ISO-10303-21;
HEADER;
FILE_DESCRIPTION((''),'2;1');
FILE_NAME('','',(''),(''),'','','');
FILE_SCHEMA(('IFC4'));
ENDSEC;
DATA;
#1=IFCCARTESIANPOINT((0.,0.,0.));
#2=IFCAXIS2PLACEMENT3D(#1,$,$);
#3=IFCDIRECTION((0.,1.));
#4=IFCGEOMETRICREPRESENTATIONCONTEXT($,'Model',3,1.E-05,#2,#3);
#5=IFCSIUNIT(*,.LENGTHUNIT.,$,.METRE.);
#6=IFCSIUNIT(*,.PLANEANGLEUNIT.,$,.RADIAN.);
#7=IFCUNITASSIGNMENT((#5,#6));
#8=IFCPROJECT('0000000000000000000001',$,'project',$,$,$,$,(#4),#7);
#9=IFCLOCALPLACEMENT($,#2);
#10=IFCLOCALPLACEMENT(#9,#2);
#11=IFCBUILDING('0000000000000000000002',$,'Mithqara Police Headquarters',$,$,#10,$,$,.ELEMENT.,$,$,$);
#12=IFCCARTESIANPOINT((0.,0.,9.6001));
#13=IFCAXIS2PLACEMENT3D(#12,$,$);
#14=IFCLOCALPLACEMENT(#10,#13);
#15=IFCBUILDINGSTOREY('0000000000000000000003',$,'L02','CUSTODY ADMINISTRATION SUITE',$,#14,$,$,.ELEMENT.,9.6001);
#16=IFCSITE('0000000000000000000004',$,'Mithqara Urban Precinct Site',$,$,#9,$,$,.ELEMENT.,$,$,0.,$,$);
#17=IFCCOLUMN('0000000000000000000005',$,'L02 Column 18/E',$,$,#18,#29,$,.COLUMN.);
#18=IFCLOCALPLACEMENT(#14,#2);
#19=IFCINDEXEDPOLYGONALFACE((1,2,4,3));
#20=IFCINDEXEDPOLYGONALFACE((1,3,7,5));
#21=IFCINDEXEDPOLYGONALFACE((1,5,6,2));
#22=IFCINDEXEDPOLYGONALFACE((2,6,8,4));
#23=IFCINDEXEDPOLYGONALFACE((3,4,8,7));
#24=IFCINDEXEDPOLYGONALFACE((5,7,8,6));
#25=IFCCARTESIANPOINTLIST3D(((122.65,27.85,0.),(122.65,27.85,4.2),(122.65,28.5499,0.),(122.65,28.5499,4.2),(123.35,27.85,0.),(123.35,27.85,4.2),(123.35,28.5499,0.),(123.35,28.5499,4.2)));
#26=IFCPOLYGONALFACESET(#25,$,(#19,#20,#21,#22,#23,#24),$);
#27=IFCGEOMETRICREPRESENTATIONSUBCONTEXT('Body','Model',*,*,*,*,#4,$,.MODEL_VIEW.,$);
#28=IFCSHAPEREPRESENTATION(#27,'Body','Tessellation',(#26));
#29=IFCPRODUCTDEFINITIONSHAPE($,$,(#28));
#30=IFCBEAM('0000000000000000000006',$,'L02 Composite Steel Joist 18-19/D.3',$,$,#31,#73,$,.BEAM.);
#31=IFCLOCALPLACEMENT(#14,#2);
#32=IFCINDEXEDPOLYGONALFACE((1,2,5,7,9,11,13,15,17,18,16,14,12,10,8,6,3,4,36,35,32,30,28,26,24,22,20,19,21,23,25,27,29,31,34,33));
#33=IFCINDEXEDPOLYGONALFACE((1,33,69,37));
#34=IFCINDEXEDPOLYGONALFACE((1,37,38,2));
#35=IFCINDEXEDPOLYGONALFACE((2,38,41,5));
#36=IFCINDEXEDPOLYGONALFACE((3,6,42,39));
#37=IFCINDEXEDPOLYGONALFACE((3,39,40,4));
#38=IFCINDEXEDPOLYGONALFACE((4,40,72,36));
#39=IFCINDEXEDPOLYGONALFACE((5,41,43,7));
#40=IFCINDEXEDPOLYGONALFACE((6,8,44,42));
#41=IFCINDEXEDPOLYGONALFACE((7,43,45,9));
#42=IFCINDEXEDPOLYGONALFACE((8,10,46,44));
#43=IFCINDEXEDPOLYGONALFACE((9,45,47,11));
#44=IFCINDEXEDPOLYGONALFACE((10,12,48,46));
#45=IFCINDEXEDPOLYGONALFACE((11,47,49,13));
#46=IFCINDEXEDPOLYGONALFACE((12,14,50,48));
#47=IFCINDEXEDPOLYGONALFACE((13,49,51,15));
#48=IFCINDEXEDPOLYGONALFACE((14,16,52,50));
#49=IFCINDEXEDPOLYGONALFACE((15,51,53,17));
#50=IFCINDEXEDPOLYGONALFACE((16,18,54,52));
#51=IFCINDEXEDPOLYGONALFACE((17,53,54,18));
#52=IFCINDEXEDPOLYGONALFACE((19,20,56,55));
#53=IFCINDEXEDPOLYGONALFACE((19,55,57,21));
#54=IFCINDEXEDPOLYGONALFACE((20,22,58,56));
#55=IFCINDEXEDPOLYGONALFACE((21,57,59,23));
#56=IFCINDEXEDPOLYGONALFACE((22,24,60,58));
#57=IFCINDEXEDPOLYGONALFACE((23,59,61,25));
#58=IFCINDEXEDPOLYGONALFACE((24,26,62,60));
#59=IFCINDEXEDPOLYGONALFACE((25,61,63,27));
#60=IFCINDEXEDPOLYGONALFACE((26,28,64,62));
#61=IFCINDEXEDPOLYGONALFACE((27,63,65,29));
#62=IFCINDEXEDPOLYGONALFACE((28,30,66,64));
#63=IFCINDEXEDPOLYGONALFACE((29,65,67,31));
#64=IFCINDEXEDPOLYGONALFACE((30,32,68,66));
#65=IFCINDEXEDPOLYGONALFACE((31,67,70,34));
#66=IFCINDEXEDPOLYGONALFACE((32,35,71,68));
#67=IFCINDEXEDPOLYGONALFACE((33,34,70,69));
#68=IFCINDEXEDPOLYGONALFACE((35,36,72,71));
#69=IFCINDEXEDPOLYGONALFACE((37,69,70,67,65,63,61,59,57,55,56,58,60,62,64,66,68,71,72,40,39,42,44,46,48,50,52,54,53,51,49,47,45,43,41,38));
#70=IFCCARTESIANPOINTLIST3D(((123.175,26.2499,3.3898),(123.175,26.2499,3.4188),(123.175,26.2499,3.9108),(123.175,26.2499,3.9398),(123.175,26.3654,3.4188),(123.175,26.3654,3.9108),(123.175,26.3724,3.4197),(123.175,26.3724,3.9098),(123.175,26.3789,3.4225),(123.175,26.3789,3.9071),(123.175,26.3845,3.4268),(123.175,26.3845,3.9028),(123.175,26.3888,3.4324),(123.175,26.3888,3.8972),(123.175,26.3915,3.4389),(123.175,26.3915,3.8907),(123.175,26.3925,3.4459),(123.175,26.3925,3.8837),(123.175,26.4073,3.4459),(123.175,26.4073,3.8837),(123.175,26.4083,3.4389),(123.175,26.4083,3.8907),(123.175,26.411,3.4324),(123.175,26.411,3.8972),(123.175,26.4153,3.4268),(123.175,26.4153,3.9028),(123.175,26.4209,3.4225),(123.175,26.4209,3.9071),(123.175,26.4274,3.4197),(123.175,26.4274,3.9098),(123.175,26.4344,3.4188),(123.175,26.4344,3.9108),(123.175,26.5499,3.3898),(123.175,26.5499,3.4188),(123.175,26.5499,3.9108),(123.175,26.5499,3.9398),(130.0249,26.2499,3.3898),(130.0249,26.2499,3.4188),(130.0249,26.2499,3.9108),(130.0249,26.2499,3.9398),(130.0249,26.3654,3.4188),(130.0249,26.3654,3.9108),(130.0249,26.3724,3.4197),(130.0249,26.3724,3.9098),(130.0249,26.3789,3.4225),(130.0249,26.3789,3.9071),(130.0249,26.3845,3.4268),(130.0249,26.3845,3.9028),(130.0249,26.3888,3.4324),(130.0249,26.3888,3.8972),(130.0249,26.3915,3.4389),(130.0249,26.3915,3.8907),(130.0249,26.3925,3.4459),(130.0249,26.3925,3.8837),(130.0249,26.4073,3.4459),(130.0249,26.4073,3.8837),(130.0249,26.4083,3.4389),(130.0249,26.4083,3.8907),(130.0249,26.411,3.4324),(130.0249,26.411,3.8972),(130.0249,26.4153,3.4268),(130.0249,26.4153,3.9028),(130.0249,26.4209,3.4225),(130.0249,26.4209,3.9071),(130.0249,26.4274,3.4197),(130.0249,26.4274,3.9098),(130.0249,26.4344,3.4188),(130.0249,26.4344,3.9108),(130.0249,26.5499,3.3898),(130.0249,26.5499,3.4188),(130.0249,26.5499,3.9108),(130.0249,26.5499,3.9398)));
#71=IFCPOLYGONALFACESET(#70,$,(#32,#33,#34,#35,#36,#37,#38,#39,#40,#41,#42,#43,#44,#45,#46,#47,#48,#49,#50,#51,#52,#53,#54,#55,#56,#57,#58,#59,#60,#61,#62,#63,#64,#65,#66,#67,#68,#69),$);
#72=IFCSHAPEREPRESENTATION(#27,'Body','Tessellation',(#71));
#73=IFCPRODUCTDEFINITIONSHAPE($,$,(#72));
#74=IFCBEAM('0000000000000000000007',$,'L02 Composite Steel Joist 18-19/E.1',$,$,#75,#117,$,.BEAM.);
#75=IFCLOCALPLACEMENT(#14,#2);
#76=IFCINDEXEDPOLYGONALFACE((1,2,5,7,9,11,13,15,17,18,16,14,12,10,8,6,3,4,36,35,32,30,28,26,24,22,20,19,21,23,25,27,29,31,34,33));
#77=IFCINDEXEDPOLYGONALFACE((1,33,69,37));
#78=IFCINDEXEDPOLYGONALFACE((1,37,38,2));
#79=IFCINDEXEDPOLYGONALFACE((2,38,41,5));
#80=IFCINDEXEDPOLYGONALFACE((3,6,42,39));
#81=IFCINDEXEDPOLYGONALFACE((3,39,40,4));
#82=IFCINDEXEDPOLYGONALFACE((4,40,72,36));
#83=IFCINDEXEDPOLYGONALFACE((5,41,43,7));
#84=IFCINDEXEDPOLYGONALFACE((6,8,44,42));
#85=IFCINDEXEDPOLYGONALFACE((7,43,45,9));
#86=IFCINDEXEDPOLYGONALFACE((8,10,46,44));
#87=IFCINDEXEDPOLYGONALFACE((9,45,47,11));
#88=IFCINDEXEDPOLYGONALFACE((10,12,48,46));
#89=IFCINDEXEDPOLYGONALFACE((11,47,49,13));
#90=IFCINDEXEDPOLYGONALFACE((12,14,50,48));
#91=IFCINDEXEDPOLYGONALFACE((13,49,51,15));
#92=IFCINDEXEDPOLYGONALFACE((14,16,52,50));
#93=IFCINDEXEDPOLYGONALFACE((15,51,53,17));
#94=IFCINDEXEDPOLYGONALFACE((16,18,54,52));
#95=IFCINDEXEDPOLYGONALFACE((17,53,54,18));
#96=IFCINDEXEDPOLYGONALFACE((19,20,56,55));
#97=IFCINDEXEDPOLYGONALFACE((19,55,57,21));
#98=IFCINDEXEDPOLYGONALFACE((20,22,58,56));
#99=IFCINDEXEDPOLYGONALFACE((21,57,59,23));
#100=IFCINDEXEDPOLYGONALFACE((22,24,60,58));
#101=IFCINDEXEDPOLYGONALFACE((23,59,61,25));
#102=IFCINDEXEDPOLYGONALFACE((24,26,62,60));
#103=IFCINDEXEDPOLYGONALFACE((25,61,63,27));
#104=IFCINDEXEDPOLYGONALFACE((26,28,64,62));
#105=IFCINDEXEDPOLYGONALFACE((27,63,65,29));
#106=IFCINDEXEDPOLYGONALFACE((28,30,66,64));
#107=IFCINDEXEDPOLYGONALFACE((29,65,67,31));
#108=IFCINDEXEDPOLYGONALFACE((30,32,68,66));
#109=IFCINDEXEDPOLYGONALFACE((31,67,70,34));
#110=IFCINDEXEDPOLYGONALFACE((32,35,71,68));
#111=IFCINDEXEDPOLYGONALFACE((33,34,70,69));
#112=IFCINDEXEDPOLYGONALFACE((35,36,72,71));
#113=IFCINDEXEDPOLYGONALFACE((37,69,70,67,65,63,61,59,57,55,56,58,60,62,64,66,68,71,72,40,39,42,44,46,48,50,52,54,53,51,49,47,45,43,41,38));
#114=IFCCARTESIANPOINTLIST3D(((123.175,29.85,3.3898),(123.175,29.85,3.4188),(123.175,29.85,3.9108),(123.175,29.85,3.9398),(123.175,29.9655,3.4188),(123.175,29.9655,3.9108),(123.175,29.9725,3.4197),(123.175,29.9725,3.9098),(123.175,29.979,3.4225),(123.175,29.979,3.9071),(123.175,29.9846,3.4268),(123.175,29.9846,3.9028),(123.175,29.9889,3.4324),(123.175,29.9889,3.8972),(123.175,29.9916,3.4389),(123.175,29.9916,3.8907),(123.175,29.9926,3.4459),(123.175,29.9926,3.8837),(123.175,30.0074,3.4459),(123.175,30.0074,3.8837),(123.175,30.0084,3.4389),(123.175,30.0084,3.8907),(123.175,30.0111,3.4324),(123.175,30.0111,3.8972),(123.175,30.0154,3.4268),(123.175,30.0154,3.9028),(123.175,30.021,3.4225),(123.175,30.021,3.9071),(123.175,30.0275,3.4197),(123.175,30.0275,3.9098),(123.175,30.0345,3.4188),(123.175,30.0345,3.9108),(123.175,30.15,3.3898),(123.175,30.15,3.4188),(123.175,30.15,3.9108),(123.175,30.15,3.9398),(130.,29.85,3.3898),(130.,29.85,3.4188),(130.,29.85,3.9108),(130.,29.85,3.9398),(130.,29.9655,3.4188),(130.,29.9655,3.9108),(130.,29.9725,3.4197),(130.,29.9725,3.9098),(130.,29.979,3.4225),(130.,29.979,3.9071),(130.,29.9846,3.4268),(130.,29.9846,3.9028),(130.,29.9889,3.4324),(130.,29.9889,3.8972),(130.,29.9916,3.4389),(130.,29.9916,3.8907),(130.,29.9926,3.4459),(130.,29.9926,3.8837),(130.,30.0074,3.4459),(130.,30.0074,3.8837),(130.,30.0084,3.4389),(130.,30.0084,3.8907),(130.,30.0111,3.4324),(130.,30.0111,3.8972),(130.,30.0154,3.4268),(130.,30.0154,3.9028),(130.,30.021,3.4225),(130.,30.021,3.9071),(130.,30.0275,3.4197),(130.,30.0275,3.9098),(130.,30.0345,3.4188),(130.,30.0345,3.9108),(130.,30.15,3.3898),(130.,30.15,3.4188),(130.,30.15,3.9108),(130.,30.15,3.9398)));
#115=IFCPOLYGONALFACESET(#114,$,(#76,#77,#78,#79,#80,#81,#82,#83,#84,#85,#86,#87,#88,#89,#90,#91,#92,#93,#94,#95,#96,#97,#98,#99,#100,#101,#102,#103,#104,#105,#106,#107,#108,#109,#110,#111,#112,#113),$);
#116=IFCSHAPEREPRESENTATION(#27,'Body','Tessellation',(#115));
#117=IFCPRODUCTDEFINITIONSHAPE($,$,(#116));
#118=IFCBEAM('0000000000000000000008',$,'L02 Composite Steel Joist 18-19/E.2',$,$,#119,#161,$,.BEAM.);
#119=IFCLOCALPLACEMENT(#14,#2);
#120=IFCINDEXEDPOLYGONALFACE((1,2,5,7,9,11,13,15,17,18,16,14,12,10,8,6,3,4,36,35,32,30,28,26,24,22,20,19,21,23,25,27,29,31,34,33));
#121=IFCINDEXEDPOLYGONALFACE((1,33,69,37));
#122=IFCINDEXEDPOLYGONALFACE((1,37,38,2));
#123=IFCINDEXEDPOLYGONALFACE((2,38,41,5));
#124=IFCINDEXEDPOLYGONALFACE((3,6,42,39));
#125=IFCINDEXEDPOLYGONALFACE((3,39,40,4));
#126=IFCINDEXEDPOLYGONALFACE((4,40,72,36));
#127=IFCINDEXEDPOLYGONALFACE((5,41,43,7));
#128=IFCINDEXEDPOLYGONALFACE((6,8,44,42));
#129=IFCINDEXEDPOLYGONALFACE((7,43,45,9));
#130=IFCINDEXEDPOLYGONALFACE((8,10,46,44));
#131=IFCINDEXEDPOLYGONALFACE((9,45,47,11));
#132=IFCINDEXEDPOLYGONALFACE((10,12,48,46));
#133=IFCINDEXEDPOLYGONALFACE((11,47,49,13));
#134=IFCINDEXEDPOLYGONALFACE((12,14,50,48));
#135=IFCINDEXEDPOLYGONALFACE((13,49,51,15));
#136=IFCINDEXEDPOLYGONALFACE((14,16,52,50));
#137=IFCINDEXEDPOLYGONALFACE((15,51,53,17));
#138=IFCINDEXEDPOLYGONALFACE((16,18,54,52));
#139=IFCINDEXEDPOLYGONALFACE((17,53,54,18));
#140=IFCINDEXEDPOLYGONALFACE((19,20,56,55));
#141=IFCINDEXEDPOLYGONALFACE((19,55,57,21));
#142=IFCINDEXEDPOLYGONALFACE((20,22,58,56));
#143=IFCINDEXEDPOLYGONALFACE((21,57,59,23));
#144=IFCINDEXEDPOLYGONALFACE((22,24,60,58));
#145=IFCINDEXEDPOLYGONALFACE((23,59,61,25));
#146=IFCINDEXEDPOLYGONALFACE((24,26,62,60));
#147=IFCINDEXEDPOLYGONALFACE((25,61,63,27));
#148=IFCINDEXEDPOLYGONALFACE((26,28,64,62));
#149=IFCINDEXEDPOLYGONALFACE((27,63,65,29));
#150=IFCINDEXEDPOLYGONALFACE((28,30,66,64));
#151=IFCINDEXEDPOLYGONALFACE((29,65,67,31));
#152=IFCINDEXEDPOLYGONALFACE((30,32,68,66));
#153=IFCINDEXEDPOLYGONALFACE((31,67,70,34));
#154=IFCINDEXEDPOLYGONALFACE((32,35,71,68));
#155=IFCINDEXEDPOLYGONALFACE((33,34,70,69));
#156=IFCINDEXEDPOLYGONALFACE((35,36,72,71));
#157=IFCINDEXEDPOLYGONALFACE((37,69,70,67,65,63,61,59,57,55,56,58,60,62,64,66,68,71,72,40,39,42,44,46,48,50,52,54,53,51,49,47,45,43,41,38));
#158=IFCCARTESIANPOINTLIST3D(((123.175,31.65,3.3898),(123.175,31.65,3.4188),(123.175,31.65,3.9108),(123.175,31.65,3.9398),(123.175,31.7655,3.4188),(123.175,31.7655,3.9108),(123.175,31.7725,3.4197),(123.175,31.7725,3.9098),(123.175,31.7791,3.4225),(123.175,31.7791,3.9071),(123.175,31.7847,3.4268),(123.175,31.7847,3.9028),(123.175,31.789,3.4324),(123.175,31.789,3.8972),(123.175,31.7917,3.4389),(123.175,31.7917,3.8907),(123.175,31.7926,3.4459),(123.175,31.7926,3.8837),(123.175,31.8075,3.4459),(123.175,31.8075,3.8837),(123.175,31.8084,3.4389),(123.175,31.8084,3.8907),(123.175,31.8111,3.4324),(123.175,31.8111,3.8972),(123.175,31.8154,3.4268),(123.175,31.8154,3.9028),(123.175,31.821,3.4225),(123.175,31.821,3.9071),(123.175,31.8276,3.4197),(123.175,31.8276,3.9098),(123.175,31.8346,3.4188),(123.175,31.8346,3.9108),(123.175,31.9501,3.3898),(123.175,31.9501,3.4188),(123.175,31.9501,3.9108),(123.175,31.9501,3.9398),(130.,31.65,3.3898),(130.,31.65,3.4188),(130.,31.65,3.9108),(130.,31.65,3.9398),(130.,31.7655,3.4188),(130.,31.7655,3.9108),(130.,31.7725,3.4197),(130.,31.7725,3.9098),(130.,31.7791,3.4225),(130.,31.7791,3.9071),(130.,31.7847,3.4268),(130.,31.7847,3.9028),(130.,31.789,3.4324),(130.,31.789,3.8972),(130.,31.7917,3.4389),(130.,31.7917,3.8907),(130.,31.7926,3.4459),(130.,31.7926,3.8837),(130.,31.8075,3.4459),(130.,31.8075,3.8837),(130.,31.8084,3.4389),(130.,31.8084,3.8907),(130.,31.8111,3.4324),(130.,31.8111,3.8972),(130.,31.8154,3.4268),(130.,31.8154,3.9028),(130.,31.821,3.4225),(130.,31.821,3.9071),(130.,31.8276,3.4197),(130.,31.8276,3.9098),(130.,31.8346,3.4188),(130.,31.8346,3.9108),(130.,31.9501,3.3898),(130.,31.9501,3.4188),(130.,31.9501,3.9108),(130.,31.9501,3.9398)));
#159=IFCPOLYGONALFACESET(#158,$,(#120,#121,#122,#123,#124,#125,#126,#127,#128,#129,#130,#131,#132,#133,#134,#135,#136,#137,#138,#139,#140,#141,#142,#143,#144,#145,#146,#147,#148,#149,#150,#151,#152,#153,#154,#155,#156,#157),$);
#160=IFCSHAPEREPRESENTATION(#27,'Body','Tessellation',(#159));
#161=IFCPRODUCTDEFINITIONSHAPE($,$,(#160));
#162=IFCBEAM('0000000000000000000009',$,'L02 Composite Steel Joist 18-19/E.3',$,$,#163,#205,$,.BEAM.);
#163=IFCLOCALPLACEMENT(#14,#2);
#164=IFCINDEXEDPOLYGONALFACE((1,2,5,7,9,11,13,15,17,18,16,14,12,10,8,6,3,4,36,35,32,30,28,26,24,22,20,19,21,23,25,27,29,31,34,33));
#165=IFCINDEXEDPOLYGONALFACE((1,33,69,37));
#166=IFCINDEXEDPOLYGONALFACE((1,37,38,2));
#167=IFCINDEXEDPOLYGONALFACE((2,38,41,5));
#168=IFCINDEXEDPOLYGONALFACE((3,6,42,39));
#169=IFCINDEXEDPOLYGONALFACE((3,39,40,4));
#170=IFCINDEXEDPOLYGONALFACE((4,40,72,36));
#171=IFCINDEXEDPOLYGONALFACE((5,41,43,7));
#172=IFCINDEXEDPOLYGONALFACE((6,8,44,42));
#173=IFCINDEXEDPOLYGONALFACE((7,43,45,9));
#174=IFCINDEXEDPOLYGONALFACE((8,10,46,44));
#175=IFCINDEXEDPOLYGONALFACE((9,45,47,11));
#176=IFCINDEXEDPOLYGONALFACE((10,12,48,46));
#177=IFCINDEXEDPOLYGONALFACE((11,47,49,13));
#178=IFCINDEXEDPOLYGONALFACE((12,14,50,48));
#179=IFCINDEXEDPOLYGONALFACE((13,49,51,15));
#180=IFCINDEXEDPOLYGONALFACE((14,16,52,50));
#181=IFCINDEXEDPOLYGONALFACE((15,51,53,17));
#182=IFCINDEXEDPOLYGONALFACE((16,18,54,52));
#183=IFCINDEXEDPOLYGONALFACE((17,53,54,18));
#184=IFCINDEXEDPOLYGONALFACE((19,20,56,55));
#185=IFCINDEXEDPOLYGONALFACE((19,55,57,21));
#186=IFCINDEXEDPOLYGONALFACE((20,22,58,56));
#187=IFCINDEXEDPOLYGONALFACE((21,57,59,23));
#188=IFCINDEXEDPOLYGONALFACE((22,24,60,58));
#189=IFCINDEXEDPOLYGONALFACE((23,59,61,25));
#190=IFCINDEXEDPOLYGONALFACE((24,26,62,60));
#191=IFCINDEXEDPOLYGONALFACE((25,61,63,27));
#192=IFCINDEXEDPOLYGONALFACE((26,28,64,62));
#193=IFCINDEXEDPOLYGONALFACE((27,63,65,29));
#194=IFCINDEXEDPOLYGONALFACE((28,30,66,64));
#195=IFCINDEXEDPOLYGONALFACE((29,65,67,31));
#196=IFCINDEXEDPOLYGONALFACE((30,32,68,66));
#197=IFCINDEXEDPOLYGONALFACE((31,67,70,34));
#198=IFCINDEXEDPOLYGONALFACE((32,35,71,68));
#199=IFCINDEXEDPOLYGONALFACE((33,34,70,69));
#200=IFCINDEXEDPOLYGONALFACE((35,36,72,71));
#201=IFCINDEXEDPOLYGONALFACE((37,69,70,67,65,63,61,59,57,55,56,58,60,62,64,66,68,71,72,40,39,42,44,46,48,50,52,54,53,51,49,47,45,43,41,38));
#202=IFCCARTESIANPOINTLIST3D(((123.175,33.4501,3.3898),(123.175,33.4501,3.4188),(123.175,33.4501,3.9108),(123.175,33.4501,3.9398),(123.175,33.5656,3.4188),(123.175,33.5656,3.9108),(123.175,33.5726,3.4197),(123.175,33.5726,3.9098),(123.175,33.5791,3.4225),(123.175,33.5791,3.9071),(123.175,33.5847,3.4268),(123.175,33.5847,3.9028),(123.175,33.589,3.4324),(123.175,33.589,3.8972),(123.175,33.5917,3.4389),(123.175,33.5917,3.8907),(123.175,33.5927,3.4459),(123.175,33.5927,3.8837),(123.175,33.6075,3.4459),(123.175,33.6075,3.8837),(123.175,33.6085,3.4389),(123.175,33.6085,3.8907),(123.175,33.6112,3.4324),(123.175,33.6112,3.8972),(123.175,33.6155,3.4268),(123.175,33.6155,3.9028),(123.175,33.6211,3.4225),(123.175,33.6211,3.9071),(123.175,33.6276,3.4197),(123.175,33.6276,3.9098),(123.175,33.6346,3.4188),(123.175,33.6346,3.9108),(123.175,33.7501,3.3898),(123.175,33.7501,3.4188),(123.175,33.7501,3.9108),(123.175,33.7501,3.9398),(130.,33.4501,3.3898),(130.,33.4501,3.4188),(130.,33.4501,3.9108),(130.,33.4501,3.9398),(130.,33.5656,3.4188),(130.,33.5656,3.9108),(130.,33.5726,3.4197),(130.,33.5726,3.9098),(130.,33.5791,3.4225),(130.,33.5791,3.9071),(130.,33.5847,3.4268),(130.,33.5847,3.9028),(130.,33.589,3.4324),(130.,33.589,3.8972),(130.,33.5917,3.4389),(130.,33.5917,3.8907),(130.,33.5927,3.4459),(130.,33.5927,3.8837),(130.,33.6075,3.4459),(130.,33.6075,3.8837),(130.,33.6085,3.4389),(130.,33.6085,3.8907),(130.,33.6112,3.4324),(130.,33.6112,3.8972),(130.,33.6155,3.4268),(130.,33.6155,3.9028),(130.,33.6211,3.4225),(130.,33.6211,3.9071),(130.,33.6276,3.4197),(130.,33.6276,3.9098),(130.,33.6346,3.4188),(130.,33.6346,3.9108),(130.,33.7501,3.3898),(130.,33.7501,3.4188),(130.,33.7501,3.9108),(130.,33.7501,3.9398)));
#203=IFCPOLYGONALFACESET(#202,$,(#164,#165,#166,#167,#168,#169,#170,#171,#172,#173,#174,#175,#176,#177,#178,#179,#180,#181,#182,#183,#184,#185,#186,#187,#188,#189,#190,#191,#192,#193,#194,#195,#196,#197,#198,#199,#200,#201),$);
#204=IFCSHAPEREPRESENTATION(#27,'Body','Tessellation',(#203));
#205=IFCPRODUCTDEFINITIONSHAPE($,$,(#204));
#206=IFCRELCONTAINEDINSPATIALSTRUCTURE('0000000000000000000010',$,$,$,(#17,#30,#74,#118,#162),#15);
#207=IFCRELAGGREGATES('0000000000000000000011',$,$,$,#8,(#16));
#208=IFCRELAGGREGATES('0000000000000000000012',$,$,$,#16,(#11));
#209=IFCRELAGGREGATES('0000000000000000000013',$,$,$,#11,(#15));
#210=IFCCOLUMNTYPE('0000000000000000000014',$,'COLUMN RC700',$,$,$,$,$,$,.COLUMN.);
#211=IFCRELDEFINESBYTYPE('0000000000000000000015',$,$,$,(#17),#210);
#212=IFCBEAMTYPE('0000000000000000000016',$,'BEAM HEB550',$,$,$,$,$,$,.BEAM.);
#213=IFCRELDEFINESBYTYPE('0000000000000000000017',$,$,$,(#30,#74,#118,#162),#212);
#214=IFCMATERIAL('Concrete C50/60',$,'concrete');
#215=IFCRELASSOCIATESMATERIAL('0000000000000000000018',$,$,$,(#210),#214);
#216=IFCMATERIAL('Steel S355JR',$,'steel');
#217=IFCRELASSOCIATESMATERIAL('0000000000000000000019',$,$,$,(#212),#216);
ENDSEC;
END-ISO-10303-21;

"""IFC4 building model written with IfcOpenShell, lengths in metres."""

from ifc_helpers import new_model, si_unit, direction, frame, origin, origin_2d, place, context, subcontext, project, spatial, rectangle, i_section, extrude, material, material_profile, profile_set, type_object, element, save


model = new_model("IFC4")

# Units and contexts
model_context = context("Model", 3, precision=1e-05, world=origin(), true_north=direction((0.0, 1.0)))
body_context = subcontext(model_context, "Body", "Model", "MODEL_VIEW")
ifc_project = project(units=[si_unit("LENGTHUNIT", "METRE"), si_unit("PLANEANGLEUNIT", "RADIAN")], contexts=[model_context])

# Site, building, storey
site_placement = place(None, origin())
site = spatial("IfcSite", under=ifc_project, at=site_placement, Name="Mithqara Urban Precinct Site", CompositionType="ELEMENT", RefElevation=0.0)
building_placement = place(site_placement, origin())
building = spatial("IfcBuilding", under=site, at=building_placement, Name="Mithqara Police Headquarters", CompositionType="ELEMENT")
storey_placement = place(building_placement, frame((0.0, 0.0, 9.6001)))
storey = spatial("IfcBuildingStorey", under=building, at=storey_placement, Name="L02", Description="CUSTODY ADMINISTRATION SUITE", CompositionType="ELEMENT", Elevation=9.6001)

# Column
ifc_material_1 = material(Name="Concrete C50/60", Category="concrete")
ifc_material_profile_1 = material_profile(ifc_material_1, rectangle(XDim=0.7, YDim=0.7, at=origin_2d()), Name="RC 700x700")
ifc_profile_set_1 = profile_set([ifc_material_profile_1], Name="Concrete C50/60")
column_type = type_object("IfcColumnType", Name="COLUMN RC700", PredefinedType="COLUMN", material=ifc_profile_set_1)
column_placement = place(storey_placement, frame((123.0, 28.2, 0.0), z_axis=(0.0, 0.0, 1.0), x_axis=(1.0, 0.0, 0.0)))
element("IfcColumn", 1, at=column_placement, inside=storey, type_object=column_type, Name="L02 Column 18/E", PredefinedType="COLUMN", context=body_context, shape_type="SweptSolid", body=[
    extrude(rectangle(XDim=0.7, YDim=0.7, at=origin_2d()), origin(), (0.0, 0.0, 1.0), 4.2),
])

# Beams
ifc_material_2 = material(Name="Steel S355JR", Category="steel")
ifc_material_profile_2 = material_profile(ifc_material_2, i_section(OverallWidth=0.3, OverallDepth=0.55, WebThickness=0.0149, FlangeThickness=0.0291, FilletRadius=0.0271, at=origin_2d()), Name="HEB 550")
ifc_profile_set_2 = profile_set([ifc_material_profile_2], Name="Steel S355JR")
beam_type_1 = type_object("IfcBeamType", Name="BEAM HEB550", PredefinedType="BEAM", material=ifc_profile_set_2)
beam_1_placement = place(storey_placement, frame((123.175, 26.3999, 3.6648), z_axis=(1.0, 0.0, 0.0), x_axis=(0.0, 1.0, 0.0)))
element("IfcBeam", 2, at=beam_1_placement, inside=storey, type_object=beam_type_1, Name="L02 Composite Steel Joist 18-19/D.3", PredefinedType="BEAM", context=body_context, shape_type="SweptSolid", body=[
    extrude(i_section(OverallWidth=0.3, OverallDepth=0.55, WebThickness=0.0149, FlangeThickness=0.0291, FilletRadius=0.0271, at=origin_2d()), origin(), (0.0, 0.0, 1.0), 6.8499),
])
for number, where, z_axis, x_axis, name in (
    (3, (123.175, 30.0, 3.6648), (1.0, 0.0, 0.0), (0.0, 1.0, 0.0), "L02 Composite Steel Joist 18-19/E.1"),
    (4, (123.175, 31.8, 3.6648), (1.0, 0.0, 0.0), (0.0, 1.0, 0.0), "L02 Composite Steel Joist 18-19/E.2"),
    (5, (123.175, 33.6001, 3.6648), (1.0, 0.0, 0.0), (0.0, 1.0, 0.0), "L02 Composite Steel Joist 18-19/E.3"),
):
    element("IfcBeam", number, at=place(storey_placement, frame(where, z_axis=z_axis, x_axis=x_axis)), inside=storey, type_object=beam_type_1, Name=name, PredefinedType="BEAM", context=body_context, shape_type="SweptSolid", body=[
        extrude(i_section(OverallWidth=0.3, OverallDepth=0.55, WebThickness=0.0149, FlangeThickness=0.0291, FilletRadius=0.0271, at=origin_2d()), origin(), (0.0, 0.0, 1.0), 6.825),
    ])

save(model, "model.ifc")
